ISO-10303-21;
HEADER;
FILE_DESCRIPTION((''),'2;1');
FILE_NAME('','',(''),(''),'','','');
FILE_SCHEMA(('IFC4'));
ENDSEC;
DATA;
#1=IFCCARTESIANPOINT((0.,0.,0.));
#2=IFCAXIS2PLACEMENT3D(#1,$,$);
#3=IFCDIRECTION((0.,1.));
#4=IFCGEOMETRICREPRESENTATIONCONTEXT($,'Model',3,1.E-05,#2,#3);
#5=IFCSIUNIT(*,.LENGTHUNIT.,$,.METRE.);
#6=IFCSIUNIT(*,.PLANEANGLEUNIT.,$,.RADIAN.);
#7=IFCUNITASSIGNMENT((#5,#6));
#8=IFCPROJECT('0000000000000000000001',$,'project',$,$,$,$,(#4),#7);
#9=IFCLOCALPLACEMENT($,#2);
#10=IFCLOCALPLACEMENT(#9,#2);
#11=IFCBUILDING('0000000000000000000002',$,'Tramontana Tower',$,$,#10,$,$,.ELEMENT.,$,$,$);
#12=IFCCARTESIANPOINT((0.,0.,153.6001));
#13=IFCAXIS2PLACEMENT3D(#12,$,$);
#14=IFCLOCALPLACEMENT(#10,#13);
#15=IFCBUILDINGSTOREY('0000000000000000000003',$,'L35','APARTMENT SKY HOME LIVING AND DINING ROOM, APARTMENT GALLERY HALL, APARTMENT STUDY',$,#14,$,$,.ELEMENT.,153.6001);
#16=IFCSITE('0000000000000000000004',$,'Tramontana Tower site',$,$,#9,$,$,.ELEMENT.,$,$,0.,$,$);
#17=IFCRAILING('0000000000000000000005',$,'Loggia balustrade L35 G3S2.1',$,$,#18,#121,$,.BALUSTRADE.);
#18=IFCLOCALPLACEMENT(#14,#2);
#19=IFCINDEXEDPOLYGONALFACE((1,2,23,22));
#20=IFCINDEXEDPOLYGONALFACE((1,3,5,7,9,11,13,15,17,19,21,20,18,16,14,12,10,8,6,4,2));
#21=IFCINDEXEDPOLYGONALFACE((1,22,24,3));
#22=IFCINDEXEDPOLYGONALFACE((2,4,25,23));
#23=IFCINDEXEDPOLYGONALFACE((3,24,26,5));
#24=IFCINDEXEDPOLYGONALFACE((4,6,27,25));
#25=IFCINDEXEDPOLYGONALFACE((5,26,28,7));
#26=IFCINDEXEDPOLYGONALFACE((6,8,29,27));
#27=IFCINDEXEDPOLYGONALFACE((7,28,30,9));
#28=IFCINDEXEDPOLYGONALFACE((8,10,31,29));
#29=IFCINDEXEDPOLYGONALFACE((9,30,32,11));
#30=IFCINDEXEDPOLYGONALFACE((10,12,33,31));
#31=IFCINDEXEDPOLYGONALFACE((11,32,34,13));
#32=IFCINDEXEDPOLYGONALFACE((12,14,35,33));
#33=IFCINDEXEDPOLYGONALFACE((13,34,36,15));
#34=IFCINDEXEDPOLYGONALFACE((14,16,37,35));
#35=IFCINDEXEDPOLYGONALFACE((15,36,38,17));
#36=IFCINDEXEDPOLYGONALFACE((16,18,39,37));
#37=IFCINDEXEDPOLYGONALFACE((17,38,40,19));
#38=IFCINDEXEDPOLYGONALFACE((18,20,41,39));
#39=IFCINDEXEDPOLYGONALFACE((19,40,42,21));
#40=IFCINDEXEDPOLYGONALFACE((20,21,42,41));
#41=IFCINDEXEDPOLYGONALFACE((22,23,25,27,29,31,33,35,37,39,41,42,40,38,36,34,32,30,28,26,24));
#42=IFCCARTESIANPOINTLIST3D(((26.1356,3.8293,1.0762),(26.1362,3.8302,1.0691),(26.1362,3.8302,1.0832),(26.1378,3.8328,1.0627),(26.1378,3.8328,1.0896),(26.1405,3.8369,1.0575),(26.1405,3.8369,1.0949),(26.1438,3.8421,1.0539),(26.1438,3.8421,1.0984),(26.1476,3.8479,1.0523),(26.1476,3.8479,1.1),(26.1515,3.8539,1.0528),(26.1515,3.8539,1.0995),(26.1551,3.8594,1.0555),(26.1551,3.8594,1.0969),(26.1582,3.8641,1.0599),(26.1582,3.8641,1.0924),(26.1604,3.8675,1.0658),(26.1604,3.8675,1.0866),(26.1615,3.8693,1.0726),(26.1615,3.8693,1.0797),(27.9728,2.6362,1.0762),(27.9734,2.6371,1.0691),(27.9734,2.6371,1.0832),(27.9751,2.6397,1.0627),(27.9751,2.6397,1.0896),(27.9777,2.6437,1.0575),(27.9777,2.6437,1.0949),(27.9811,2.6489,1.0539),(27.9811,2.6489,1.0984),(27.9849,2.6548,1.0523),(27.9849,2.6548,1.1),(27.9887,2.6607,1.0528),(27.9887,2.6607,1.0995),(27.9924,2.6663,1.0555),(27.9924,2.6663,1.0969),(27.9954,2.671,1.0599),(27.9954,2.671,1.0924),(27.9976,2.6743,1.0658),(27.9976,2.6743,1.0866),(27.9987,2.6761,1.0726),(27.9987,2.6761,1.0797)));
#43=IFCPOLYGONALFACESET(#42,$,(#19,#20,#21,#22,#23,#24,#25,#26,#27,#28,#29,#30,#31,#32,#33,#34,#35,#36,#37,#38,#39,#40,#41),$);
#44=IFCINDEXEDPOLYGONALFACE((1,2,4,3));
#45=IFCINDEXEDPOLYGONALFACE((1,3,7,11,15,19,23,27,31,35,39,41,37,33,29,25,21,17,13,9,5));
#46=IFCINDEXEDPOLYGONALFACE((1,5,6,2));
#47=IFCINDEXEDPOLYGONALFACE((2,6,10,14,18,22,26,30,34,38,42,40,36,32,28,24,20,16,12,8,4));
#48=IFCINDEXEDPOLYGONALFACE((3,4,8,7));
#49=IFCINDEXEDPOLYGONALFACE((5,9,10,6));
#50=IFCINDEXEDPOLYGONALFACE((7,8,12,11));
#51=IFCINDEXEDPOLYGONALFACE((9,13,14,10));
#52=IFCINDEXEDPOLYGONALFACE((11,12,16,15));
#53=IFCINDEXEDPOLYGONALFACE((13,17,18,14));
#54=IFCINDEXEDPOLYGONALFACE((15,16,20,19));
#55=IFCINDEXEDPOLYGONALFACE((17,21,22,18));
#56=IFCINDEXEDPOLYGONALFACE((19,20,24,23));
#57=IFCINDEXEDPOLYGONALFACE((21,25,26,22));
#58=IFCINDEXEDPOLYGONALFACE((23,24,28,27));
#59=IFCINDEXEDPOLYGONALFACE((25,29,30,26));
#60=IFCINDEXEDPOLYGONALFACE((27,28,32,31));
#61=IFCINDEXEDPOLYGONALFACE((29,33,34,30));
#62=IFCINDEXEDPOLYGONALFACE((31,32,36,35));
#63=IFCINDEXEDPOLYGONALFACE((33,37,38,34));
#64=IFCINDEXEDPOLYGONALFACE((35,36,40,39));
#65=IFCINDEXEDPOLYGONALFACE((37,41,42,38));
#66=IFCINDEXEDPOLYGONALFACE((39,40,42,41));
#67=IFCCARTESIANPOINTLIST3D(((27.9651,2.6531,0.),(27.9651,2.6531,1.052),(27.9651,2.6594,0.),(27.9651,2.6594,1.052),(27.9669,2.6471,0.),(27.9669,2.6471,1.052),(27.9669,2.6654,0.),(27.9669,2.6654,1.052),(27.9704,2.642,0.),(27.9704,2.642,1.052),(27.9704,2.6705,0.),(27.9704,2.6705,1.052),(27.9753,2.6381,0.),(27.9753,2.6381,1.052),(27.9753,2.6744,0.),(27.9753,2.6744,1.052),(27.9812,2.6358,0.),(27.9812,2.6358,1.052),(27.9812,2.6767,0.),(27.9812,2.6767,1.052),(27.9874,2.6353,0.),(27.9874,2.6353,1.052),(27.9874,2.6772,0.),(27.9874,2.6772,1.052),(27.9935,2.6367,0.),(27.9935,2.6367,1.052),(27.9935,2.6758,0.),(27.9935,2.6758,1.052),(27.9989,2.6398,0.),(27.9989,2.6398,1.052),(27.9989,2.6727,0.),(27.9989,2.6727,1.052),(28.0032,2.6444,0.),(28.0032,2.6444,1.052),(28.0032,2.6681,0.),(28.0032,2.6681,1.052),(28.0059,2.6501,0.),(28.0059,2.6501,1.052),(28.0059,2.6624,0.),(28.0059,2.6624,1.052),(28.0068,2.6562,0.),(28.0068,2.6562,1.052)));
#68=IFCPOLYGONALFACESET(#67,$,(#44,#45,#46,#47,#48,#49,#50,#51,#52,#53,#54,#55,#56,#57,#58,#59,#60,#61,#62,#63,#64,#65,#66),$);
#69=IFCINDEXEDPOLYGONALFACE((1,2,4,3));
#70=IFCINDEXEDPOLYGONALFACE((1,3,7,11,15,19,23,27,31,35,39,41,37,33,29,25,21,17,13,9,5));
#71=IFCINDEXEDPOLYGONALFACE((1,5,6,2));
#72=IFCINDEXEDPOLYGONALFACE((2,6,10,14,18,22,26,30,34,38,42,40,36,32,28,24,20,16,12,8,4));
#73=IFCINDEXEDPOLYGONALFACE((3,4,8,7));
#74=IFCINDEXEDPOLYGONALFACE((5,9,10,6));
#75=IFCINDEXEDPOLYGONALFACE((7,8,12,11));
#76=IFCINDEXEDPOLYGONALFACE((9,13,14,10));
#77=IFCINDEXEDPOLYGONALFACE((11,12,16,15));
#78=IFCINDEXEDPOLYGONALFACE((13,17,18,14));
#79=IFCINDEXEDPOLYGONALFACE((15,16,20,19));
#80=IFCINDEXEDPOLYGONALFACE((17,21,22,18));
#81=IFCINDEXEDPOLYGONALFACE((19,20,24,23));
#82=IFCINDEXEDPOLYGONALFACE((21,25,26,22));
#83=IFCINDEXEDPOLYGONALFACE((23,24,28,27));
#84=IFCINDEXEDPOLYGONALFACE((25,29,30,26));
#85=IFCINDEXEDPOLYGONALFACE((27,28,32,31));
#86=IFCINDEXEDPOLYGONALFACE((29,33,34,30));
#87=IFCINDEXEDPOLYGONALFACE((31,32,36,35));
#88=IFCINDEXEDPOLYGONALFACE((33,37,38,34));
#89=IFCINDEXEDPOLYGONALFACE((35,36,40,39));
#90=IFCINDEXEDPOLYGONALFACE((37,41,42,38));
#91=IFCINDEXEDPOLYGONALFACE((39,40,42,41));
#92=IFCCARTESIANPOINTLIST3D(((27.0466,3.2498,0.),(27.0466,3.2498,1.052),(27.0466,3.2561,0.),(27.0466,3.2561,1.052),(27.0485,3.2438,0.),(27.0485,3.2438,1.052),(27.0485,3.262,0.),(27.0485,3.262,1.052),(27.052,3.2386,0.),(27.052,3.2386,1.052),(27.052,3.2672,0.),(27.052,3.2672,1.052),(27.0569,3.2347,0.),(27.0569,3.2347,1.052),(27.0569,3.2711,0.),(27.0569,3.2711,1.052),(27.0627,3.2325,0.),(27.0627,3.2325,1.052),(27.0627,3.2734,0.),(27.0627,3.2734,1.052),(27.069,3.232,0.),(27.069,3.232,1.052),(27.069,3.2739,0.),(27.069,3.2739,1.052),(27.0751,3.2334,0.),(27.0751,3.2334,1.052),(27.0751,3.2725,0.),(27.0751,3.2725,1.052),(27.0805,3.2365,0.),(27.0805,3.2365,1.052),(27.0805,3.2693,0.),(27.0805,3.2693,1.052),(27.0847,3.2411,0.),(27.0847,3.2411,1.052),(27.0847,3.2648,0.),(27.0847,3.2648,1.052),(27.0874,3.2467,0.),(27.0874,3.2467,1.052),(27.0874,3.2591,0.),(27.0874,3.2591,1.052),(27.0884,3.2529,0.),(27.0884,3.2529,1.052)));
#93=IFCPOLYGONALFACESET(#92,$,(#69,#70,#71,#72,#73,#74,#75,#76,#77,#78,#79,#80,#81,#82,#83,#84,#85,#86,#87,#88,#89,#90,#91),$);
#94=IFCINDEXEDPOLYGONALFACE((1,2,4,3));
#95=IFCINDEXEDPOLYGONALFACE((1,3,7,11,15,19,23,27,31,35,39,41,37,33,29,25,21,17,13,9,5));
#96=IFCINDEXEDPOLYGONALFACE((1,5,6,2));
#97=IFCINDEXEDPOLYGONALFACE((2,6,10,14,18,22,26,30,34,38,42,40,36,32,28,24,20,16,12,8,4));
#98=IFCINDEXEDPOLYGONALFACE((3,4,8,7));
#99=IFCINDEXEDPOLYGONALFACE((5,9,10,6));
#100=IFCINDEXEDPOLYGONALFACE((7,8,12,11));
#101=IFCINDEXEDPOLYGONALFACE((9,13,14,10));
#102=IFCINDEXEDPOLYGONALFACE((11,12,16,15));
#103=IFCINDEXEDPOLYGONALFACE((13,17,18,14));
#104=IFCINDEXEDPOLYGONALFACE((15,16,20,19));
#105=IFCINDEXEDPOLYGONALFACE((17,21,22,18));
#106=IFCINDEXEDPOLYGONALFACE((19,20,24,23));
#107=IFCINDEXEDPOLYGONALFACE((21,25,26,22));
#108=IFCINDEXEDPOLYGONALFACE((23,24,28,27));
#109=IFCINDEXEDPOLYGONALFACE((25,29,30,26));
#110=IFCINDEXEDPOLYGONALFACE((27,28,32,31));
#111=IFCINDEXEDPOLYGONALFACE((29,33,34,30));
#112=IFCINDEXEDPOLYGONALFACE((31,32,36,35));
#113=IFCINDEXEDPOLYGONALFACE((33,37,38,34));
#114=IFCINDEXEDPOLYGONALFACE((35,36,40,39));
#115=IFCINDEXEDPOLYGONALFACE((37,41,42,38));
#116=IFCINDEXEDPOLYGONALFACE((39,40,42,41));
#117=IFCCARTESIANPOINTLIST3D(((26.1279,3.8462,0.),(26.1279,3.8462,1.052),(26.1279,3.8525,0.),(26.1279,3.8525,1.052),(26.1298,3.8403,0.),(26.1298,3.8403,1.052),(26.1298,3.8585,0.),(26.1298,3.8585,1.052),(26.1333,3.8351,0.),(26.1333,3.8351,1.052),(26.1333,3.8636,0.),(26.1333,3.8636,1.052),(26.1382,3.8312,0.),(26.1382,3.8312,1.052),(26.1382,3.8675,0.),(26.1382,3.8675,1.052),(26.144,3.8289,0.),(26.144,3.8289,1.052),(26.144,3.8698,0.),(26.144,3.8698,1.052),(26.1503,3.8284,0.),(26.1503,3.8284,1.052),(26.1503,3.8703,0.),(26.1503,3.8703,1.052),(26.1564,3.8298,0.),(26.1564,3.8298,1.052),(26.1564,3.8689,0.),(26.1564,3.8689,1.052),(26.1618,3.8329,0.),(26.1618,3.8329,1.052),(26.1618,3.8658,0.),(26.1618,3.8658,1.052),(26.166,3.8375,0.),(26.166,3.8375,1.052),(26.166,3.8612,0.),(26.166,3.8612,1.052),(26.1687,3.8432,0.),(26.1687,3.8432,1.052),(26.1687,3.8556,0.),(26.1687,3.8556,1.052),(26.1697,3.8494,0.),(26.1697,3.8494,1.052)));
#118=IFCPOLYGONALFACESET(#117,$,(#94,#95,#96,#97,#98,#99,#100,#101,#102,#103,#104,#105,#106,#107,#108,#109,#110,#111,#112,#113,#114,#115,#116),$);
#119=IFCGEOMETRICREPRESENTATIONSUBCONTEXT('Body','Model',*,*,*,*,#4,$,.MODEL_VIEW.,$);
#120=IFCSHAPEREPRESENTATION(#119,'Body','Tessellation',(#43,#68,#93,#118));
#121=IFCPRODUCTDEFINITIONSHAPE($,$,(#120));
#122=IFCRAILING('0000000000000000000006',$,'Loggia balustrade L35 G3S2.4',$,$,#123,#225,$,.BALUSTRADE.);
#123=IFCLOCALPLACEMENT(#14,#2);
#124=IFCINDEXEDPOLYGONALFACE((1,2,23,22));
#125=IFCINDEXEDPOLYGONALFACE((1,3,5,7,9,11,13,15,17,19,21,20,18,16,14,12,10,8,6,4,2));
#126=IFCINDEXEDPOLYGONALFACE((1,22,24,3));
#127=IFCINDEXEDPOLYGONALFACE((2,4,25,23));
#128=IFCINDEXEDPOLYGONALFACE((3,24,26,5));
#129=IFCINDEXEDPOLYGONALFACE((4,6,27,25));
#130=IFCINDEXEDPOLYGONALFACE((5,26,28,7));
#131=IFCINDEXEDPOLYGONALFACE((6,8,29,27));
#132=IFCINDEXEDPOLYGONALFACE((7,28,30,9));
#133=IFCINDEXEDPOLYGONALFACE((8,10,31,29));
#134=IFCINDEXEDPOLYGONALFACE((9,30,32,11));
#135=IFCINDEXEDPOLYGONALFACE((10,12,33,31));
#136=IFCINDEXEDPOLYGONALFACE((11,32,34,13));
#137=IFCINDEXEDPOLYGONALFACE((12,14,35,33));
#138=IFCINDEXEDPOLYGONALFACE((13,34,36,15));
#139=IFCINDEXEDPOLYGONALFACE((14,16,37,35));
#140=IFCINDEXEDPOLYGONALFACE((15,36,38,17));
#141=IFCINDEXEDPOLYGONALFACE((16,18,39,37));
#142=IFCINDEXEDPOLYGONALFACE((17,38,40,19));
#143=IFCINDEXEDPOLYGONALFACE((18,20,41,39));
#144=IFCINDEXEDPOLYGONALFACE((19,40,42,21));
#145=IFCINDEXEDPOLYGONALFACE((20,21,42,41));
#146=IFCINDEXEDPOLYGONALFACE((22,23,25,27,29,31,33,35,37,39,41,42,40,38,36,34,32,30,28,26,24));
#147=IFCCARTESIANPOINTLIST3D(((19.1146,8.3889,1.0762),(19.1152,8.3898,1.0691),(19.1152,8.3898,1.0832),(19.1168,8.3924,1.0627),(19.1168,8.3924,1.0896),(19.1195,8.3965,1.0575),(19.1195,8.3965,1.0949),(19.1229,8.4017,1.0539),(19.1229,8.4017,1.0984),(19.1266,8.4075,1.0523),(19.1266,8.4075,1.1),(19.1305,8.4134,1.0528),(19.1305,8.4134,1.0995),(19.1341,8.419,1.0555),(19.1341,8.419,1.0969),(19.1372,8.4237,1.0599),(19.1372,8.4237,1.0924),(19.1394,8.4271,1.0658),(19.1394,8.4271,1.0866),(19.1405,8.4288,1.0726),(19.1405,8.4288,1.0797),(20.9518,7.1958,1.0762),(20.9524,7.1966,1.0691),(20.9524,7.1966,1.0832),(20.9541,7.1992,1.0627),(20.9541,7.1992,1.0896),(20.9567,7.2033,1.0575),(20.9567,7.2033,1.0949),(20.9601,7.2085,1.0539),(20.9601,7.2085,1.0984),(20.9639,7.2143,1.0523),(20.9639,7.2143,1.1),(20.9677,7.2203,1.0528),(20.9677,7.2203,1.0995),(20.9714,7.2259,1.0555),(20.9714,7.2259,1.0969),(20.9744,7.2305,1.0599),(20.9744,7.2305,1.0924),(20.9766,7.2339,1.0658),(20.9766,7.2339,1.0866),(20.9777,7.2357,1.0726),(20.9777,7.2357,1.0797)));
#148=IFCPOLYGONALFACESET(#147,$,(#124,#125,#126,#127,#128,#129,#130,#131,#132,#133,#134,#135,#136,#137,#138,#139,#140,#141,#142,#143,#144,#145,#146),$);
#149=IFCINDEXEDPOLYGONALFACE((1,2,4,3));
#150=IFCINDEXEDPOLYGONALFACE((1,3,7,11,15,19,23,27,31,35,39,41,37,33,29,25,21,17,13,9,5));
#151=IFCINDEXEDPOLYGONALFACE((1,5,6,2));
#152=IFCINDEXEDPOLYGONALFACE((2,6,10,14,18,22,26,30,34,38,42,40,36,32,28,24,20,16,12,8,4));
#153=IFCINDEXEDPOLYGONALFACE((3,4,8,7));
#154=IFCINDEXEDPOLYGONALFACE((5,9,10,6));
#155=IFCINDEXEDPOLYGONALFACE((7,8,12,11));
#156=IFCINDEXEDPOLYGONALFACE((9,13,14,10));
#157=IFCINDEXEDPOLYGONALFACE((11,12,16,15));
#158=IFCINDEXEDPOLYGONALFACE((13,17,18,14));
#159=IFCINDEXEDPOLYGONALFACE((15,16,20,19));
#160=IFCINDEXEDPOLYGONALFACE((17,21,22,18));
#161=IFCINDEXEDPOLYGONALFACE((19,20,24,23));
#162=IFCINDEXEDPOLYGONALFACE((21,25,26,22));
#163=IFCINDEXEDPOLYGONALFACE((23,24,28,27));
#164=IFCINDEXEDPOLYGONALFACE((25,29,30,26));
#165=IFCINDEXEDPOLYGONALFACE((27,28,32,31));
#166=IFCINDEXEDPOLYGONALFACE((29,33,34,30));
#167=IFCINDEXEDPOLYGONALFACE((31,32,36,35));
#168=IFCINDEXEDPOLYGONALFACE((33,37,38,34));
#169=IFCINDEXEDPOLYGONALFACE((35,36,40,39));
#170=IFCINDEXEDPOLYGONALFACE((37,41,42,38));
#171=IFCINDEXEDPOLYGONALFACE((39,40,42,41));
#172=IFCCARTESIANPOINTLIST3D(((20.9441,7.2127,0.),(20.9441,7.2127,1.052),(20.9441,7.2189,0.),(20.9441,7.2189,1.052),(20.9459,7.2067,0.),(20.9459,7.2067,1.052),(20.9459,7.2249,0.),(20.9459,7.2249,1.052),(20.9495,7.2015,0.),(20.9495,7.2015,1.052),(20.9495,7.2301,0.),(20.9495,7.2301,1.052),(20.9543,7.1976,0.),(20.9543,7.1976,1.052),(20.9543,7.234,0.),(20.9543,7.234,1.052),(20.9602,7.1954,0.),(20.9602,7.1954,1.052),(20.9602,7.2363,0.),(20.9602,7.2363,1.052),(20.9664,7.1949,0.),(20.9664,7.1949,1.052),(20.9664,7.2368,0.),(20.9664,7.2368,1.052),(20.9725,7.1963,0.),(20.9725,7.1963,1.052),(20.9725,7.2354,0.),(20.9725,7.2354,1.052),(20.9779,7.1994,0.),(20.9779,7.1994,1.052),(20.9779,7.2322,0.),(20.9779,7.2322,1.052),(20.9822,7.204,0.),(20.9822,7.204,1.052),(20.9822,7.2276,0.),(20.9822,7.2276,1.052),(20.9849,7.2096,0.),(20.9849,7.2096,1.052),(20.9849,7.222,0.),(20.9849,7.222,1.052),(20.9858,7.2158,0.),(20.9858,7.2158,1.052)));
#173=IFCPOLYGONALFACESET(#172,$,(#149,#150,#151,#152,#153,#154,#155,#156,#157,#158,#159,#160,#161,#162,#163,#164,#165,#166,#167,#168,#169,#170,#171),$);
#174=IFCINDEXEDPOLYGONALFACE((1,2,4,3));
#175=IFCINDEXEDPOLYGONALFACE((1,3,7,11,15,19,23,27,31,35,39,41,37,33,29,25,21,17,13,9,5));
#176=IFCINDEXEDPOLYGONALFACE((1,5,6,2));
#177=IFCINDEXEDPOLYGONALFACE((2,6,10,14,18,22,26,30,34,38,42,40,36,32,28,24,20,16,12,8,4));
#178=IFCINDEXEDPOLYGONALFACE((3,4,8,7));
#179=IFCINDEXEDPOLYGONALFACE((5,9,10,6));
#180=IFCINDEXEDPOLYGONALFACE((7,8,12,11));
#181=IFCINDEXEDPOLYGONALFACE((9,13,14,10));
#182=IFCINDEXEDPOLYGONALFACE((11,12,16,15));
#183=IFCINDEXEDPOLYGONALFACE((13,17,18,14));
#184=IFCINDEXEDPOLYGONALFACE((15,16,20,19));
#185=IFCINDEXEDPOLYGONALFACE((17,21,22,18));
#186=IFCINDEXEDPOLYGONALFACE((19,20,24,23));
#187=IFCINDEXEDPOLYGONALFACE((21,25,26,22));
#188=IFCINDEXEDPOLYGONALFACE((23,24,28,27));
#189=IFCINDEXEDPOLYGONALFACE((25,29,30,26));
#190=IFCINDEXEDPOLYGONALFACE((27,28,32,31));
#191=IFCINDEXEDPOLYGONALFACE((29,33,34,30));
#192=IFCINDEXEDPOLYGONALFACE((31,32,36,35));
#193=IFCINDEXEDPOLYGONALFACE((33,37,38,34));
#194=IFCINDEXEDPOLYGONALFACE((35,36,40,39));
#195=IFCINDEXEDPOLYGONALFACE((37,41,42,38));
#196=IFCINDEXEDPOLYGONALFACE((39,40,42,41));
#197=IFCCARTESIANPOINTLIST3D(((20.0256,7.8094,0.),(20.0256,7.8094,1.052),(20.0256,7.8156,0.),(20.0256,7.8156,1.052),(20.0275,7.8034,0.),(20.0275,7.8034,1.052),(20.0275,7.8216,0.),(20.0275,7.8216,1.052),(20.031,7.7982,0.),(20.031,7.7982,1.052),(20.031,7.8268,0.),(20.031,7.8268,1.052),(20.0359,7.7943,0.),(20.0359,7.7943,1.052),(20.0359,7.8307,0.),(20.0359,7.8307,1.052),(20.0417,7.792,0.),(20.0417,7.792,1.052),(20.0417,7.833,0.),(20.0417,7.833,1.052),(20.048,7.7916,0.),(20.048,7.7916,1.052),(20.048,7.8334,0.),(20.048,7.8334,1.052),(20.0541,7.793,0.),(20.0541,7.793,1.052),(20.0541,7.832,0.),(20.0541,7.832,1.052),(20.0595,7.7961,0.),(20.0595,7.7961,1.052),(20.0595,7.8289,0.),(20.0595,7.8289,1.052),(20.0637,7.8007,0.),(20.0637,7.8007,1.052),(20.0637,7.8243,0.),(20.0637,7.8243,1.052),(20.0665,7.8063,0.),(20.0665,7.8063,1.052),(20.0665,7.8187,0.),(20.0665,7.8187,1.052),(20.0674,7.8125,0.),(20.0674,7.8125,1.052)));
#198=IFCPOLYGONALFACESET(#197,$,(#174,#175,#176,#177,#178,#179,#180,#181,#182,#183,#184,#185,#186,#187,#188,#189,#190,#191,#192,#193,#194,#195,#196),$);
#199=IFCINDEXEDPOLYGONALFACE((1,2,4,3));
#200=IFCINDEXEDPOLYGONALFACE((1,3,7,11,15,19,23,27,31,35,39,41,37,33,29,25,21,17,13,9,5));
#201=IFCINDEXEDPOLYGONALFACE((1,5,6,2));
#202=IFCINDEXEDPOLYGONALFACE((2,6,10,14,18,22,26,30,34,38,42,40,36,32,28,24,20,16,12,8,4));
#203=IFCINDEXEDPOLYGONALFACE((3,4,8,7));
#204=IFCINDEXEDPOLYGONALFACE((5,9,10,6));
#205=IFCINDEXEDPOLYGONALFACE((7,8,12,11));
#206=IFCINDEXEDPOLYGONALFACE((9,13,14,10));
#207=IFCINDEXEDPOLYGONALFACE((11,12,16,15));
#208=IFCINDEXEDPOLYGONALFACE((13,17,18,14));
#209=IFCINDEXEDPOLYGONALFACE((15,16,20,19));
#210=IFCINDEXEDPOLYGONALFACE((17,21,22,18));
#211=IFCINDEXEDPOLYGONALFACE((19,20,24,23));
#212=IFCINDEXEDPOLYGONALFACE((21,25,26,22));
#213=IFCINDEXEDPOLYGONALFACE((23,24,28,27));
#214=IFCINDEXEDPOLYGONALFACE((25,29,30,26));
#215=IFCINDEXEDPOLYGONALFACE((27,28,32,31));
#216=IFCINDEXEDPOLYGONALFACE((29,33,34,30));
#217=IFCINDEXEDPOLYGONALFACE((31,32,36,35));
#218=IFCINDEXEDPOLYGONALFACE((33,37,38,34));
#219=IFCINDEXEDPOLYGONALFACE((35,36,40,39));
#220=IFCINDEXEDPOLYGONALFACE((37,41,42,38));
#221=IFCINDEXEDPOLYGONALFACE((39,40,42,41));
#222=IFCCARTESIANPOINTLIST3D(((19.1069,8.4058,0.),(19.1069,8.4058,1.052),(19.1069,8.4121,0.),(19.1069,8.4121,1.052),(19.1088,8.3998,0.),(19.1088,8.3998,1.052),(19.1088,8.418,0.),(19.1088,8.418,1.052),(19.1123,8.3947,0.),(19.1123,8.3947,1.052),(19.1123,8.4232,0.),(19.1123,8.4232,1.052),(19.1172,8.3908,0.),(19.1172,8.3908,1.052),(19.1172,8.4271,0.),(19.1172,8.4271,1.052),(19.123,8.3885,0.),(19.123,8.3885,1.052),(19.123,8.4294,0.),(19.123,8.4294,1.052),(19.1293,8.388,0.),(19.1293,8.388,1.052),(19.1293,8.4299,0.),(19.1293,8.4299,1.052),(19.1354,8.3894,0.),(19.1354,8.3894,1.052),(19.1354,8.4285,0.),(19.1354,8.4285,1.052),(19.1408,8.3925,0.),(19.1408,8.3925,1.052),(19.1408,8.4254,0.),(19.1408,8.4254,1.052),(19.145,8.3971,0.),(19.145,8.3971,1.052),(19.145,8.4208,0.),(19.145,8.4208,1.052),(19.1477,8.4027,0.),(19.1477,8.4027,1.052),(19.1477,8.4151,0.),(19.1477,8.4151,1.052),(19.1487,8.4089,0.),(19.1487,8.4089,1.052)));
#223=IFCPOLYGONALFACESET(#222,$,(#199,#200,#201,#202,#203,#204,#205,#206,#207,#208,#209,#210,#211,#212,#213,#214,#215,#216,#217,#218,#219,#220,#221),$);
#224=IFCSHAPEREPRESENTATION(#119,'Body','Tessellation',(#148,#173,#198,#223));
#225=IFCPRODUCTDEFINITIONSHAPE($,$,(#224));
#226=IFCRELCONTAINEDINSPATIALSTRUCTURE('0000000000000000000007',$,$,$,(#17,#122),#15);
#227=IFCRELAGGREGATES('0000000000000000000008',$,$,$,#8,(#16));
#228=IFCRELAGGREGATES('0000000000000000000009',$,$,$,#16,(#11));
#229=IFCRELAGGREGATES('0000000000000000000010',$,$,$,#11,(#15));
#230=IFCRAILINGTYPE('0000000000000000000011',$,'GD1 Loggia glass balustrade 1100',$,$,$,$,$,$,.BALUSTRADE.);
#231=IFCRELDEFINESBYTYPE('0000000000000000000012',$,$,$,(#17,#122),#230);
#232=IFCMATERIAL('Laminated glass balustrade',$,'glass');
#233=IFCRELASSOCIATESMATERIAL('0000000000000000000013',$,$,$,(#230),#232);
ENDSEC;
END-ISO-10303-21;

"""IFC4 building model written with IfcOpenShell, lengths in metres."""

from ifc_helpers import new_model, si_unit, direction, frame, origin, origin_2d, place, context, subcontext, project, spatial, circle, extrude, material, type_object, element, save


model = new_model("IFC4")

# Units and contexts
model_context = context("Model", 3, precision=1e-05, world=origin(), true_north=direction((0.0, 1.0)))
body_context = subcontext(model_context, "Body", "Model", "MODEL_VIEW")
ifc_project = project(units=[si_unit("LENGTHUNIT", "METRE"), si_unit("PLANEANGLEUNIT", "RADIAN")], contexts=[model_context])

# Site, building, storey
site_placement = place(None, origin())
site = spatial("IfcSite", under=ifc_project, at=site_placement, Name="Tramontana Tower site", CompositionType="ELEMENT", RefElevation=0.0)
building_placement = place(site_placement, origin())
building = spatial("IfcBuilding", under=site, at=building_placement, Name="Tramontana Tower", CompositionType="ELEMENT")
storey_placement = place(building_placement, frame((0.0, 0.0, 153.6001)))
storey = spatial("IfcBuildingStorey", under=building, at=storey_placement, Name="L35", Description="APARTMENT SKY HOME LIVING AND DINING ROOM, APARTMENT GALLERY HALL, APARTMENT STUDY", CompositionType="ELEMENT", Elevation=153.6001)

# Railings
ifc_material_1 = material(Name="Laminated glass balustrade", Category="glass")
railing_type = type_object("IfcRailingType", Name="GD1 Loggia glass balustrade 1100", PredefinedType="BALUSTRADE", material=ifc_material_1)
for number, where, name in (
    (1, (27.9858, 2.6562, 0.0), "Loggia balustrade L35 G3S2.1"),
    (2, (20.9648, 7.2158, 0.0), "Loggia balustrade L35 G3S2.4"),
):
    element("IfcRailing", number, at=place(storey_placement, frame(where)), inside=storey, type_object=railing_type, Name=name, PredefinedType="BALUSTRADE", context=body_context, shape_type="SweptSolid", body=[
        extrude(circle(Radius=0.0239, at=origin_2d()), frame((0.0, 0.0, 1.0762), z_axis=(-0.83866, 0.544655, 0.0), x_axis=(-0.544655, -0.83866, 0.0)), (0.0, 0.0, 1.0), 2.1907),
        extrude(circle(Radius=0.021, at=origin_2d()), origin(), (0.0, 0.0, 1.0), 1.052),
        extrude(circle(Radius=0.021, at=origin_2d()), frame((-0.9185, 0.5967, 0.0)), (0.0, 0.0, 1.0), 1.052),
        extrude(circle(Radius=0.021, at=origin_2d()), frame((-1.8372, 1.1931, 0.0)), (0.0, 0.0, 1.0), 1.052),
    ])

save(model, "model.ifc")
